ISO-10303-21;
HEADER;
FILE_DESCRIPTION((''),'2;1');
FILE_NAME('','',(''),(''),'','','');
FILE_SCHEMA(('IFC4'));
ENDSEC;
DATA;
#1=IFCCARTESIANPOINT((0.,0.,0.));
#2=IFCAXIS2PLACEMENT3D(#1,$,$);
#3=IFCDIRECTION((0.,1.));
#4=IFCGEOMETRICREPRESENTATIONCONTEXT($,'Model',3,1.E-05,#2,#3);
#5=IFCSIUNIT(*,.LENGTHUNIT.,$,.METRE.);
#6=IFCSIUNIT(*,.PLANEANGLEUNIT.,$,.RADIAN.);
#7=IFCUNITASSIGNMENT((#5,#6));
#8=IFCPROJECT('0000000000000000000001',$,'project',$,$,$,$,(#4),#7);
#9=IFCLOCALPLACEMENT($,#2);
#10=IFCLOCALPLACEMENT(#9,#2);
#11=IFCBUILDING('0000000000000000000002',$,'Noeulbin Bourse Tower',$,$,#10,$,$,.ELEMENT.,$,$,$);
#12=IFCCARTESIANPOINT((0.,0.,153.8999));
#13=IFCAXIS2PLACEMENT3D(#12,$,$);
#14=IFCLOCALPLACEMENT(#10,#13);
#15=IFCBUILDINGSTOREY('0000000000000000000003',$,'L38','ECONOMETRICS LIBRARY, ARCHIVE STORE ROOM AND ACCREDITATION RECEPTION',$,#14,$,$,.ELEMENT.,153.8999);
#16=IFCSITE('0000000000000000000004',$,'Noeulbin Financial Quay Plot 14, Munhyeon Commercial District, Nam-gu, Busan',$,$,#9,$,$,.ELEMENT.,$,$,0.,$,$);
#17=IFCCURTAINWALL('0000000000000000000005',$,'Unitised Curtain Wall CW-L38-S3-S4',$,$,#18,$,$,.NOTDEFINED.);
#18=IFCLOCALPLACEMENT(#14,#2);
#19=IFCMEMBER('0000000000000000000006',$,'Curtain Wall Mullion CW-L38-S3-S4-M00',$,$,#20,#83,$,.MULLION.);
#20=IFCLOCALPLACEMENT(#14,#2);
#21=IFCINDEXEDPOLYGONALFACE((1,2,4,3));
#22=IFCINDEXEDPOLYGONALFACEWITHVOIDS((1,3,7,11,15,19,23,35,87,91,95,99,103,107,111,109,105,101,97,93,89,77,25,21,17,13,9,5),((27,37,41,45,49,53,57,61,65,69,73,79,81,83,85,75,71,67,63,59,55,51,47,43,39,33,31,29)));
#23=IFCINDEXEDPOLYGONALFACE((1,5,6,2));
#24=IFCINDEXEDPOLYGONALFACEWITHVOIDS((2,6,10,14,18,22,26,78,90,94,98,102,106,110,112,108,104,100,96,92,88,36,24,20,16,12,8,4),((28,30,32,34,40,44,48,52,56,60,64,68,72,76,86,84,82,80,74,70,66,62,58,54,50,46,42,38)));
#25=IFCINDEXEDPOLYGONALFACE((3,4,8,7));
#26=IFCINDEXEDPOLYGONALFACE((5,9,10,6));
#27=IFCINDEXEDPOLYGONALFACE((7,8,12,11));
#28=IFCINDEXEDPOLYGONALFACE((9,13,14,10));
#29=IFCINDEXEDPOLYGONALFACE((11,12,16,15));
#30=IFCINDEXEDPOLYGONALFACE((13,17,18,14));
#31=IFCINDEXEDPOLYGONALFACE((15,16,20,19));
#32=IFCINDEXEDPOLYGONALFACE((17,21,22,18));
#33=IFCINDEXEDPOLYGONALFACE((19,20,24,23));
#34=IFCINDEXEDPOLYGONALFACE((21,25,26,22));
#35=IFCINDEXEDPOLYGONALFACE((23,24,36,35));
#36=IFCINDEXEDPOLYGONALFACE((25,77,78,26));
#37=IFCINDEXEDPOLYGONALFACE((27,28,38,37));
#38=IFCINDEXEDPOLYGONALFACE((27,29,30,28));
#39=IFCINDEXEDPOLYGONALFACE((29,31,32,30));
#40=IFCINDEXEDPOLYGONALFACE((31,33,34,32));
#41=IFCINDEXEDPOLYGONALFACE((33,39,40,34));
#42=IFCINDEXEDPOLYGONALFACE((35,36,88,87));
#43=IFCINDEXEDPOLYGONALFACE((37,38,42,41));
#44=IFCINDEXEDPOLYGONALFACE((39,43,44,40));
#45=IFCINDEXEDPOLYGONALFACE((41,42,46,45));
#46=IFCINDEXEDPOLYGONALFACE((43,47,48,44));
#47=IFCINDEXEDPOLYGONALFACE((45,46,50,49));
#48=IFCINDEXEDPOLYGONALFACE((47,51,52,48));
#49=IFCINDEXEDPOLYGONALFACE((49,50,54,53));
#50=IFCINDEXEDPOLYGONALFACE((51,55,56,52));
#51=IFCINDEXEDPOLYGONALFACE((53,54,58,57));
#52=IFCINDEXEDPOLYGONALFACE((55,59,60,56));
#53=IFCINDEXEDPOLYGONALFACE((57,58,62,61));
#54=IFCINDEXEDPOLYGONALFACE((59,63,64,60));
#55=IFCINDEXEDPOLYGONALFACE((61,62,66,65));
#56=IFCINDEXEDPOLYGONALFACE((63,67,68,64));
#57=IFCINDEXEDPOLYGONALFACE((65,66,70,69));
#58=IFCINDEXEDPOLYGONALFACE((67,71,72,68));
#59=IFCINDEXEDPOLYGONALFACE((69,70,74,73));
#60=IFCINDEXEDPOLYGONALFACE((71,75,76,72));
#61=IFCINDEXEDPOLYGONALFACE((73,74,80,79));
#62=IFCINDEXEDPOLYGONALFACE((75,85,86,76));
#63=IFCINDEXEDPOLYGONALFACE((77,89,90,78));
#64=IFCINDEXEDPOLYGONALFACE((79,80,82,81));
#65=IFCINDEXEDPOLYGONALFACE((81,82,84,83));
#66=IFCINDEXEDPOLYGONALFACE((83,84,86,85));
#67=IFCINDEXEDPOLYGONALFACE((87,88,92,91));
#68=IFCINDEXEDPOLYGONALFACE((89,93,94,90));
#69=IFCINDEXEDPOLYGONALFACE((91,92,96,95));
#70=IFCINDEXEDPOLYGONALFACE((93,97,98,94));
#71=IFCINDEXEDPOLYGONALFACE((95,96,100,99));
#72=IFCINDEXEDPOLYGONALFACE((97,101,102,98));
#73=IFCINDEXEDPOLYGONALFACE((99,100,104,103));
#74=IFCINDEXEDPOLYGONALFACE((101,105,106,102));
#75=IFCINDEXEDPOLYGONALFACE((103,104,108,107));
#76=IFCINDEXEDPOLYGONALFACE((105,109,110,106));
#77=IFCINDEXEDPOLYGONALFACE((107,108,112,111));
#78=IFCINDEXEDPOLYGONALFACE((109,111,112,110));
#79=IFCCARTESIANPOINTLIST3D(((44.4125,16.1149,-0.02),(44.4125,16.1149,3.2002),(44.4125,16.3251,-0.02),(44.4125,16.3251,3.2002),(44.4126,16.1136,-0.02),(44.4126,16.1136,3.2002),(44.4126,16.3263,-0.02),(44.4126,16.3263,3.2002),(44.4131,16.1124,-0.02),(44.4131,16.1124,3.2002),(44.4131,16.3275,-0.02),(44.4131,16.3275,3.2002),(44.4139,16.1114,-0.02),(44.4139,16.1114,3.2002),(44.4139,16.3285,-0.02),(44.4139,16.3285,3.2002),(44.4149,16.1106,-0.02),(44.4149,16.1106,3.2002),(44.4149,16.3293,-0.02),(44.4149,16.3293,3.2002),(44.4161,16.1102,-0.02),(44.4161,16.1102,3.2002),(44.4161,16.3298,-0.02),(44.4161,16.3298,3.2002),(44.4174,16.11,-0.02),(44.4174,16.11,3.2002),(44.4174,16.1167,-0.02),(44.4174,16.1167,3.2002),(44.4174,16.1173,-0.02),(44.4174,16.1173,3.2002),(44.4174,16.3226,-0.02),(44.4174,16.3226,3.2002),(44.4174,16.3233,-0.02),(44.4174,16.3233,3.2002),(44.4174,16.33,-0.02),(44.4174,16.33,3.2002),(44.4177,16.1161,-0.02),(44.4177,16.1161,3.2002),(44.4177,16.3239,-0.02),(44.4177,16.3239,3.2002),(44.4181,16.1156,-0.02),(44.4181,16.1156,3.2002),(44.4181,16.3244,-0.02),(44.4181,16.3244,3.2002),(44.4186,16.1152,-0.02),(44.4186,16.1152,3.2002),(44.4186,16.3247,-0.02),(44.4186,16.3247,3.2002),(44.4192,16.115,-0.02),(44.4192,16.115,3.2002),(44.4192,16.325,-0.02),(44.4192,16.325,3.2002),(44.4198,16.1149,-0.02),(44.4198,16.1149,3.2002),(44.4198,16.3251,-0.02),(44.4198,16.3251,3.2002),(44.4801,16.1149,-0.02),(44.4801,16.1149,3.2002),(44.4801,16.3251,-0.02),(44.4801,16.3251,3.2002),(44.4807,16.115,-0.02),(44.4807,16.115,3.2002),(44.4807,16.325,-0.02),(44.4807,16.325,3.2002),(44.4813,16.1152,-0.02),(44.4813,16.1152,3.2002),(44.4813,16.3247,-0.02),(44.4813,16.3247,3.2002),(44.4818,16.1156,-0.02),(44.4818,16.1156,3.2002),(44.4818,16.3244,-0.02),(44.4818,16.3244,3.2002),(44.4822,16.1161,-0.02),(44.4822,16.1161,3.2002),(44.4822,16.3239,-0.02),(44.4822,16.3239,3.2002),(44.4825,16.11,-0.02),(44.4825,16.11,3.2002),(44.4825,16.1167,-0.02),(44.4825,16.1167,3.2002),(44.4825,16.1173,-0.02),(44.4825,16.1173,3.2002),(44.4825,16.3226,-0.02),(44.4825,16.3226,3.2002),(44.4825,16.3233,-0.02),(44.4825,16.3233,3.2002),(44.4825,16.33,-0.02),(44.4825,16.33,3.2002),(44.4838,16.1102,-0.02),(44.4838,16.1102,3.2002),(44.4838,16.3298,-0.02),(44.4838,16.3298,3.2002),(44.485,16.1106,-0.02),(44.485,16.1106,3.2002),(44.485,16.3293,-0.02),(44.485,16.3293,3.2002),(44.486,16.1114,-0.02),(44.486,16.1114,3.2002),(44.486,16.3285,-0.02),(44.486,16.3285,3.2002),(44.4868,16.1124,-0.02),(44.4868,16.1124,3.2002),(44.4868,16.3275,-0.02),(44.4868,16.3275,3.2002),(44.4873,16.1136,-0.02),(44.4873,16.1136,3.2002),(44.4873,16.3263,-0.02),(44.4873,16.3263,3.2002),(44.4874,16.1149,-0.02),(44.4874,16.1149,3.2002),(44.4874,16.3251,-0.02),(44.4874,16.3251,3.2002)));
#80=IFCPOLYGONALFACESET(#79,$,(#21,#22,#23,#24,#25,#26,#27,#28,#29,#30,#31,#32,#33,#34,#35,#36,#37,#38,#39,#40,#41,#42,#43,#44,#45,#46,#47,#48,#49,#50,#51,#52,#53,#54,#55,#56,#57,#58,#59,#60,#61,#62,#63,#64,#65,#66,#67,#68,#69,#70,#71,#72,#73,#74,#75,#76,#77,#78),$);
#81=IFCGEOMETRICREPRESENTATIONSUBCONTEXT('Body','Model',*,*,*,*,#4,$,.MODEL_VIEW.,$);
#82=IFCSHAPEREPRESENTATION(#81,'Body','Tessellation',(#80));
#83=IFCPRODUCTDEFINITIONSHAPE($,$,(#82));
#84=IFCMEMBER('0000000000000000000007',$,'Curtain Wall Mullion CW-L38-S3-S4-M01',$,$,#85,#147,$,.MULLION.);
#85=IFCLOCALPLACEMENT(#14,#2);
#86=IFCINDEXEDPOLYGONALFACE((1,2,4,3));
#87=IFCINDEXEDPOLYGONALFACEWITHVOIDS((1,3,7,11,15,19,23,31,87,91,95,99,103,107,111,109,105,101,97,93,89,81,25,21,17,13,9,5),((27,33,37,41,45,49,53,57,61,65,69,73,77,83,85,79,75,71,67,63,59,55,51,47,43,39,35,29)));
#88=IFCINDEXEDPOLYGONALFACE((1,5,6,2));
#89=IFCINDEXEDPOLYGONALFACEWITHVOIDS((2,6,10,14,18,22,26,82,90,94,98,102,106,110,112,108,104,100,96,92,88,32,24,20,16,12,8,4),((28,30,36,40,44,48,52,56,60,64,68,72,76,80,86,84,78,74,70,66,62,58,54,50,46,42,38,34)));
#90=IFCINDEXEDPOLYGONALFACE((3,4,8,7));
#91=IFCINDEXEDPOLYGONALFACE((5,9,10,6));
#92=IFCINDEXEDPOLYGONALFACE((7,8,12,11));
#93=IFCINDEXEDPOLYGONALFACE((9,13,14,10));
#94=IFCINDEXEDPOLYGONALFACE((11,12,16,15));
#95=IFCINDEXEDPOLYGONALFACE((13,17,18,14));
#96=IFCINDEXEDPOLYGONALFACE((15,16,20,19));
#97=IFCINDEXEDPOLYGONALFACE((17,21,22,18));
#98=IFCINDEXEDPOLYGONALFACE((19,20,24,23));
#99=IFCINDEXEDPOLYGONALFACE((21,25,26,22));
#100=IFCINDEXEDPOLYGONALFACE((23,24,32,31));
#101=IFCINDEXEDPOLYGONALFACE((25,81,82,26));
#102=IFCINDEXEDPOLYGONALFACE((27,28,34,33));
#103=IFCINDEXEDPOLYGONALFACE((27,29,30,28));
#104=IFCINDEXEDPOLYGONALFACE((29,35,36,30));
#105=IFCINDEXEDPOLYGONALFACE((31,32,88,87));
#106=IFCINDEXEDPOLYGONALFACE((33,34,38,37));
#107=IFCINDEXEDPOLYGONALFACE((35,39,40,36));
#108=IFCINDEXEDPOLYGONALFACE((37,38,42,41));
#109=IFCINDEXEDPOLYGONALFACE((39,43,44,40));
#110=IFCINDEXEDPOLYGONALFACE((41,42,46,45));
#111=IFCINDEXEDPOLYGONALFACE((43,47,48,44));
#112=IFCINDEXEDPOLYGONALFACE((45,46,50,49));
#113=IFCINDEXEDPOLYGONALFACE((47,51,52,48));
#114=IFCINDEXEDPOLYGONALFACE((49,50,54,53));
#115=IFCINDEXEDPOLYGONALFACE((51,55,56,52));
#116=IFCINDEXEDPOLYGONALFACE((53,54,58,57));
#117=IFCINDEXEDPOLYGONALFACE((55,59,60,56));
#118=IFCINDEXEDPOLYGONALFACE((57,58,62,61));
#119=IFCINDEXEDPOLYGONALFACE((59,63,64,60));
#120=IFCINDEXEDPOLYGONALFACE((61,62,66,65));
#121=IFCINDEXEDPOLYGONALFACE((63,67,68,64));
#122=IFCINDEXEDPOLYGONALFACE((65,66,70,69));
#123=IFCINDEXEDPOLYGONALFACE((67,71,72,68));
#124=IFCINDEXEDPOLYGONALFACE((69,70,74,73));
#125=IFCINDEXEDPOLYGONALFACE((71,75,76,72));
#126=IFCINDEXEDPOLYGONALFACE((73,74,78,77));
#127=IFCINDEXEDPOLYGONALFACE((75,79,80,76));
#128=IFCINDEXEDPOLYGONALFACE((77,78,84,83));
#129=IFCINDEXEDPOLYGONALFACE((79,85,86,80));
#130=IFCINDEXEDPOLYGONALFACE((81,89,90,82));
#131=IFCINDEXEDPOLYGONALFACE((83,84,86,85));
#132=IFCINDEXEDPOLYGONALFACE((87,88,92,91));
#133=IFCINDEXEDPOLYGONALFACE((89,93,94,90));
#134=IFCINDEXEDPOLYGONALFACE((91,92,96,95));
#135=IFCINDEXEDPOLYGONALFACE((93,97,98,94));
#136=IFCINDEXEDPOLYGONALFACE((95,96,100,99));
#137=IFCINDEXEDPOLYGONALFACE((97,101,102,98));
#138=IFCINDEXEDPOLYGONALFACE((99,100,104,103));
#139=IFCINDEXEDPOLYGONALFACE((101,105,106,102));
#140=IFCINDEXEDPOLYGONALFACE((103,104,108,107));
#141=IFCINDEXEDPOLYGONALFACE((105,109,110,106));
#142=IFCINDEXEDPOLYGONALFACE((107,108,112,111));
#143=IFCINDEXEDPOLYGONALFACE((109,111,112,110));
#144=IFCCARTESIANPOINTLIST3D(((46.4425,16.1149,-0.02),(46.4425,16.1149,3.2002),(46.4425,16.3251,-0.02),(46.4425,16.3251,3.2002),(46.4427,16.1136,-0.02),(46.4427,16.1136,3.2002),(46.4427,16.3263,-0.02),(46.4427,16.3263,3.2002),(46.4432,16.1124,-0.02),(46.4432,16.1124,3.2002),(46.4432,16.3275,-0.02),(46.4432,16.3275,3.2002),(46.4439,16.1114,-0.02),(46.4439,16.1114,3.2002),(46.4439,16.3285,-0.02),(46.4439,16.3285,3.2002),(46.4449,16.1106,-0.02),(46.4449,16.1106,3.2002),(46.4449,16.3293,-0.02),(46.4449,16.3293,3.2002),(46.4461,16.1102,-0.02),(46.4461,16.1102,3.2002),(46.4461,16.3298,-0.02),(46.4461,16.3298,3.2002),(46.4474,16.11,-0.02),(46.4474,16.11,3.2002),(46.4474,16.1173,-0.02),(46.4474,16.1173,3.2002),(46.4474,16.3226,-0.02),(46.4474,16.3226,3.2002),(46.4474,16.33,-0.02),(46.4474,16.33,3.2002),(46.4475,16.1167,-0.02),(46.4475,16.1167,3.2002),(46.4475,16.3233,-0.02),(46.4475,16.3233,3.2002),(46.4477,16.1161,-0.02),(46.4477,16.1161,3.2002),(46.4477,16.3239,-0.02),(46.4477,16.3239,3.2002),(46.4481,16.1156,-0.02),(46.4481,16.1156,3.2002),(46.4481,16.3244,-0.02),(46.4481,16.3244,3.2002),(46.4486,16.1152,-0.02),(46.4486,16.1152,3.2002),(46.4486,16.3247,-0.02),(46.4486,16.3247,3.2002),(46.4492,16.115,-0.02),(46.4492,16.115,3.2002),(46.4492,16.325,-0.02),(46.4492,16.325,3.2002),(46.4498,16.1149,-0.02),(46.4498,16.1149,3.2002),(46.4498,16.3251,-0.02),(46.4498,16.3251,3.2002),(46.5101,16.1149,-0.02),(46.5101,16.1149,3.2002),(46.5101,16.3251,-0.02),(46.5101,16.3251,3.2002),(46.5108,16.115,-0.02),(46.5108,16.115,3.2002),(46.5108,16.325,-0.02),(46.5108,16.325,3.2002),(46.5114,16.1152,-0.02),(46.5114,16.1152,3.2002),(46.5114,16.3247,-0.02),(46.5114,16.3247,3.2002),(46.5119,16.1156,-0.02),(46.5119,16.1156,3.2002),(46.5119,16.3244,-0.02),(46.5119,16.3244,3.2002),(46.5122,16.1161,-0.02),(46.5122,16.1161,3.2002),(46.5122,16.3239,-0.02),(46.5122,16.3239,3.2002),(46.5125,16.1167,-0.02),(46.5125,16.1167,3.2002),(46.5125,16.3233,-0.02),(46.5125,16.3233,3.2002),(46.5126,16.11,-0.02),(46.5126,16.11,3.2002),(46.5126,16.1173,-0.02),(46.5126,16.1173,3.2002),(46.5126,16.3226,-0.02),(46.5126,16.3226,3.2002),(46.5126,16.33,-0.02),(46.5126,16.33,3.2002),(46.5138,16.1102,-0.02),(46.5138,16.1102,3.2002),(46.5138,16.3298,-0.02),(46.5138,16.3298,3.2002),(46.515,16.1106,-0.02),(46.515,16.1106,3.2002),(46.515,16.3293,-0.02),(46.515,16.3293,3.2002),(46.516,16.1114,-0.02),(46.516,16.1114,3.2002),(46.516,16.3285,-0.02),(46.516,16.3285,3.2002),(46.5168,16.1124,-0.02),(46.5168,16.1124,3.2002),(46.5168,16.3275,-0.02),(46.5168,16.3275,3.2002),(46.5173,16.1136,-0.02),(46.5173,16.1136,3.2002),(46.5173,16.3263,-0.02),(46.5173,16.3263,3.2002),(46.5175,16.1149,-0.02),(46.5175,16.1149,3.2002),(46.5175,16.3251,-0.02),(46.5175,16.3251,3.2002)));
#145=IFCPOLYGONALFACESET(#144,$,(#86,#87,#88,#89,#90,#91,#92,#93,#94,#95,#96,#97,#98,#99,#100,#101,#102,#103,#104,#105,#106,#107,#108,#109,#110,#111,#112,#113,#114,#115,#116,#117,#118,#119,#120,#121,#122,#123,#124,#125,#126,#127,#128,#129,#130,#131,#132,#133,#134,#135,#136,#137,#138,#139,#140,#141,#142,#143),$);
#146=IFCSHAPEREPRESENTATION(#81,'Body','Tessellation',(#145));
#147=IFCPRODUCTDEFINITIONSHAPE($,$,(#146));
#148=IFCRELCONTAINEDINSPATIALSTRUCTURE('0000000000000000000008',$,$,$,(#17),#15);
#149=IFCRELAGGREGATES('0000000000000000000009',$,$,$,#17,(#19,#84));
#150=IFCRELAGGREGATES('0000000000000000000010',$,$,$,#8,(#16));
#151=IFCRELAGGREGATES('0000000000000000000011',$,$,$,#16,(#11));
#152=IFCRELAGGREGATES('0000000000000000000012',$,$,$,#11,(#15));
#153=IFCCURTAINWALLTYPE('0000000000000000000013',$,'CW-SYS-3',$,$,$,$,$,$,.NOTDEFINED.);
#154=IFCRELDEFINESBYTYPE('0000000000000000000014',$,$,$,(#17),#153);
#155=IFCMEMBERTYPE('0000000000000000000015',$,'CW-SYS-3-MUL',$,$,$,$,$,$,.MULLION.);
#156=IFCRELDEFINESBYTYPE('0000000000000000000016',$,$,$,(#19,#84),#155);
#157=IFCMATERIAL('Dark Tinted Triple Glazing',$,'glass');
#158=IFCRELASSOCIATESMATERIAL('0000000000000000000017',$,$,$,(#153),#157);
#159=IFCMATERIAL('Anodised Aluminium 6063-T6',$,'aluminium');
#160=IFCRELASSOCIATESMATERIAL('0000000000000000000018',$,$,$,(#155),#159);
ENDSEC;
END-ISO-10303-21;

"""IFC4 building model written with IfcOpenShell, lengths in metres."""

from ifc_helpers import new_model, si_unit, direction, frame, origin, origin_2d, place, context, subcontext, project, spatial, hollow_rectangle, extrude, material, material_profile, profile_set, type_object, element, aggregate, save


model = new_model("IFC4")

# Units and contexts
model_context = context("Model", 3, precision=1e-05, world=origin(), true_north=direction((0.0, 1.0)))
body_context = subcontext(model_context, "Body", "Model", "MODEL_VIEW")
ifc_project = project(units=[si_unit("LENGTHUNIT", "METRE"), si_unit("PLANEANGLEUNIT", "RADIAN")], contexts=[model_context])

# Site, building, storey
site_placement = place(None, origin())
site = spatial("IfcSite", under=ifc_project, at=site_placement, Name="Noeulbin Financial Quay Plot 14, Munhyeon Commercial District, Nam-gu, Busan", CompositionType="ELEMENT", RefElevation=0.0)
building_placement = place(site_placement, origin())
building = spatial("IfcBuilding", under=site, at=building_placement, Name="Noeulbin Bourse Tower", CompositionType="ELEMENT")
storey_placement = place(building_placement, frame((0.0, 0.0, 153.8999)))
storey = spatial("IfcBuildingStorey", under=building, at=storey_placement, Name="L38", Description="ECONOMETRICS LIBRARY, ARCHIVE STORE ROOM AND ACCREDITATION RECEPTION", CompositionType="ELEMENT", Elevation=153.8999)

# Curtain wall, members
ifc_material_1 = material(Name="Dark Tinted Triple Glazing", Category="glass")
curtain_wall_type = type_object("IfcCurtainWallType", Name="CW-SYS-3", PredefinedType="NOTDEFINED", material=ifc_material_1)
ifc_material_2 = material(Name="Anodised Aluminium 6063-T6", Category="aluminium")
ifc_material_profile_1 = material_profile(ifc_material_2, hollow_rectangle(XDim=0.075, YDim=0.22, WallThickness=0.0049, InnerFilletRadius=0.0024, OuterFilletRadius=0.0049, at=origin_2d()), Name="ALU-MULL-75x220x5", Category="LoadBearing")
ifc_profile_set_1 = profile_set([ifc_material_profile_1], Name="Anodised Aluminium 6063-T6")
member_type_1 = type_object("IfcMemberType", Name="CW-SYS-3-MUL", PredefinedType="MULLION", material=ifc_profile_set_1)
curtain_wall_1_placement = place(storey_placement, origin())
curtain_wall_1 = element("IfcCurtainWall", 1, at=curtain_wall_1_placement, inside=storey, type_object=curtain_wall_type, Name="Unitised Curtain Wall CW-L38-S3-S4", PredefinedType="NOTDEFINED")
member_1_placement = place(storey_placement, frame((44.45, 16.22, -0.02), z_axis=(0.0, 0.0, 1.0), x_axis=(1.0, 0.0, 0.0)))
member_1 = element("IfcMember", 2, at=member_1_placement, type_object=member_type_1, Name="Curtain Wall Mullion CW-L38-S3-S4-M00", PredefinedType="MULLION", context=body_context, shape_type="SweptSolid", body=[
    extrude(hollow_rectangle(XDim=0.075, YDim=0.22, WallThickness=0.0049, InnerFilletRadius=0.0024, OuterFilletRadius=0.0049, at=origin_2d()), origin(), (0.0, 0.0, 1.0), 3.2202),
])
member_2_placement = place(storey_placement, frame((46.48, 16.22, -0.02), z_axis=(0.0, 0.0, 1.0), x_axis=(1.0, 0.0, 0.0)))
member_2 = element("IfcMember", 3, at=member_2_placement, type_object=member_type_1, Name="Curtain Wall Mullion CW-L38-S3-S4-M01", PredefinedType="MULLION", context=body_context, shape_type="SweptSolid", body=[
    extrude(hollow_rectangle(XDim=0.075, YDim=0.22, WallThickness=0.0049, InnerFilletRadius=0.0024, OuterFilletRadius=0.0049, at=origin_2d()), origin(), (0.0, 0.0, 1.0), 3.2202),
])

aggregate(curtain_wall_1, [member_1, member_2])

save(model, "model.ifc")
